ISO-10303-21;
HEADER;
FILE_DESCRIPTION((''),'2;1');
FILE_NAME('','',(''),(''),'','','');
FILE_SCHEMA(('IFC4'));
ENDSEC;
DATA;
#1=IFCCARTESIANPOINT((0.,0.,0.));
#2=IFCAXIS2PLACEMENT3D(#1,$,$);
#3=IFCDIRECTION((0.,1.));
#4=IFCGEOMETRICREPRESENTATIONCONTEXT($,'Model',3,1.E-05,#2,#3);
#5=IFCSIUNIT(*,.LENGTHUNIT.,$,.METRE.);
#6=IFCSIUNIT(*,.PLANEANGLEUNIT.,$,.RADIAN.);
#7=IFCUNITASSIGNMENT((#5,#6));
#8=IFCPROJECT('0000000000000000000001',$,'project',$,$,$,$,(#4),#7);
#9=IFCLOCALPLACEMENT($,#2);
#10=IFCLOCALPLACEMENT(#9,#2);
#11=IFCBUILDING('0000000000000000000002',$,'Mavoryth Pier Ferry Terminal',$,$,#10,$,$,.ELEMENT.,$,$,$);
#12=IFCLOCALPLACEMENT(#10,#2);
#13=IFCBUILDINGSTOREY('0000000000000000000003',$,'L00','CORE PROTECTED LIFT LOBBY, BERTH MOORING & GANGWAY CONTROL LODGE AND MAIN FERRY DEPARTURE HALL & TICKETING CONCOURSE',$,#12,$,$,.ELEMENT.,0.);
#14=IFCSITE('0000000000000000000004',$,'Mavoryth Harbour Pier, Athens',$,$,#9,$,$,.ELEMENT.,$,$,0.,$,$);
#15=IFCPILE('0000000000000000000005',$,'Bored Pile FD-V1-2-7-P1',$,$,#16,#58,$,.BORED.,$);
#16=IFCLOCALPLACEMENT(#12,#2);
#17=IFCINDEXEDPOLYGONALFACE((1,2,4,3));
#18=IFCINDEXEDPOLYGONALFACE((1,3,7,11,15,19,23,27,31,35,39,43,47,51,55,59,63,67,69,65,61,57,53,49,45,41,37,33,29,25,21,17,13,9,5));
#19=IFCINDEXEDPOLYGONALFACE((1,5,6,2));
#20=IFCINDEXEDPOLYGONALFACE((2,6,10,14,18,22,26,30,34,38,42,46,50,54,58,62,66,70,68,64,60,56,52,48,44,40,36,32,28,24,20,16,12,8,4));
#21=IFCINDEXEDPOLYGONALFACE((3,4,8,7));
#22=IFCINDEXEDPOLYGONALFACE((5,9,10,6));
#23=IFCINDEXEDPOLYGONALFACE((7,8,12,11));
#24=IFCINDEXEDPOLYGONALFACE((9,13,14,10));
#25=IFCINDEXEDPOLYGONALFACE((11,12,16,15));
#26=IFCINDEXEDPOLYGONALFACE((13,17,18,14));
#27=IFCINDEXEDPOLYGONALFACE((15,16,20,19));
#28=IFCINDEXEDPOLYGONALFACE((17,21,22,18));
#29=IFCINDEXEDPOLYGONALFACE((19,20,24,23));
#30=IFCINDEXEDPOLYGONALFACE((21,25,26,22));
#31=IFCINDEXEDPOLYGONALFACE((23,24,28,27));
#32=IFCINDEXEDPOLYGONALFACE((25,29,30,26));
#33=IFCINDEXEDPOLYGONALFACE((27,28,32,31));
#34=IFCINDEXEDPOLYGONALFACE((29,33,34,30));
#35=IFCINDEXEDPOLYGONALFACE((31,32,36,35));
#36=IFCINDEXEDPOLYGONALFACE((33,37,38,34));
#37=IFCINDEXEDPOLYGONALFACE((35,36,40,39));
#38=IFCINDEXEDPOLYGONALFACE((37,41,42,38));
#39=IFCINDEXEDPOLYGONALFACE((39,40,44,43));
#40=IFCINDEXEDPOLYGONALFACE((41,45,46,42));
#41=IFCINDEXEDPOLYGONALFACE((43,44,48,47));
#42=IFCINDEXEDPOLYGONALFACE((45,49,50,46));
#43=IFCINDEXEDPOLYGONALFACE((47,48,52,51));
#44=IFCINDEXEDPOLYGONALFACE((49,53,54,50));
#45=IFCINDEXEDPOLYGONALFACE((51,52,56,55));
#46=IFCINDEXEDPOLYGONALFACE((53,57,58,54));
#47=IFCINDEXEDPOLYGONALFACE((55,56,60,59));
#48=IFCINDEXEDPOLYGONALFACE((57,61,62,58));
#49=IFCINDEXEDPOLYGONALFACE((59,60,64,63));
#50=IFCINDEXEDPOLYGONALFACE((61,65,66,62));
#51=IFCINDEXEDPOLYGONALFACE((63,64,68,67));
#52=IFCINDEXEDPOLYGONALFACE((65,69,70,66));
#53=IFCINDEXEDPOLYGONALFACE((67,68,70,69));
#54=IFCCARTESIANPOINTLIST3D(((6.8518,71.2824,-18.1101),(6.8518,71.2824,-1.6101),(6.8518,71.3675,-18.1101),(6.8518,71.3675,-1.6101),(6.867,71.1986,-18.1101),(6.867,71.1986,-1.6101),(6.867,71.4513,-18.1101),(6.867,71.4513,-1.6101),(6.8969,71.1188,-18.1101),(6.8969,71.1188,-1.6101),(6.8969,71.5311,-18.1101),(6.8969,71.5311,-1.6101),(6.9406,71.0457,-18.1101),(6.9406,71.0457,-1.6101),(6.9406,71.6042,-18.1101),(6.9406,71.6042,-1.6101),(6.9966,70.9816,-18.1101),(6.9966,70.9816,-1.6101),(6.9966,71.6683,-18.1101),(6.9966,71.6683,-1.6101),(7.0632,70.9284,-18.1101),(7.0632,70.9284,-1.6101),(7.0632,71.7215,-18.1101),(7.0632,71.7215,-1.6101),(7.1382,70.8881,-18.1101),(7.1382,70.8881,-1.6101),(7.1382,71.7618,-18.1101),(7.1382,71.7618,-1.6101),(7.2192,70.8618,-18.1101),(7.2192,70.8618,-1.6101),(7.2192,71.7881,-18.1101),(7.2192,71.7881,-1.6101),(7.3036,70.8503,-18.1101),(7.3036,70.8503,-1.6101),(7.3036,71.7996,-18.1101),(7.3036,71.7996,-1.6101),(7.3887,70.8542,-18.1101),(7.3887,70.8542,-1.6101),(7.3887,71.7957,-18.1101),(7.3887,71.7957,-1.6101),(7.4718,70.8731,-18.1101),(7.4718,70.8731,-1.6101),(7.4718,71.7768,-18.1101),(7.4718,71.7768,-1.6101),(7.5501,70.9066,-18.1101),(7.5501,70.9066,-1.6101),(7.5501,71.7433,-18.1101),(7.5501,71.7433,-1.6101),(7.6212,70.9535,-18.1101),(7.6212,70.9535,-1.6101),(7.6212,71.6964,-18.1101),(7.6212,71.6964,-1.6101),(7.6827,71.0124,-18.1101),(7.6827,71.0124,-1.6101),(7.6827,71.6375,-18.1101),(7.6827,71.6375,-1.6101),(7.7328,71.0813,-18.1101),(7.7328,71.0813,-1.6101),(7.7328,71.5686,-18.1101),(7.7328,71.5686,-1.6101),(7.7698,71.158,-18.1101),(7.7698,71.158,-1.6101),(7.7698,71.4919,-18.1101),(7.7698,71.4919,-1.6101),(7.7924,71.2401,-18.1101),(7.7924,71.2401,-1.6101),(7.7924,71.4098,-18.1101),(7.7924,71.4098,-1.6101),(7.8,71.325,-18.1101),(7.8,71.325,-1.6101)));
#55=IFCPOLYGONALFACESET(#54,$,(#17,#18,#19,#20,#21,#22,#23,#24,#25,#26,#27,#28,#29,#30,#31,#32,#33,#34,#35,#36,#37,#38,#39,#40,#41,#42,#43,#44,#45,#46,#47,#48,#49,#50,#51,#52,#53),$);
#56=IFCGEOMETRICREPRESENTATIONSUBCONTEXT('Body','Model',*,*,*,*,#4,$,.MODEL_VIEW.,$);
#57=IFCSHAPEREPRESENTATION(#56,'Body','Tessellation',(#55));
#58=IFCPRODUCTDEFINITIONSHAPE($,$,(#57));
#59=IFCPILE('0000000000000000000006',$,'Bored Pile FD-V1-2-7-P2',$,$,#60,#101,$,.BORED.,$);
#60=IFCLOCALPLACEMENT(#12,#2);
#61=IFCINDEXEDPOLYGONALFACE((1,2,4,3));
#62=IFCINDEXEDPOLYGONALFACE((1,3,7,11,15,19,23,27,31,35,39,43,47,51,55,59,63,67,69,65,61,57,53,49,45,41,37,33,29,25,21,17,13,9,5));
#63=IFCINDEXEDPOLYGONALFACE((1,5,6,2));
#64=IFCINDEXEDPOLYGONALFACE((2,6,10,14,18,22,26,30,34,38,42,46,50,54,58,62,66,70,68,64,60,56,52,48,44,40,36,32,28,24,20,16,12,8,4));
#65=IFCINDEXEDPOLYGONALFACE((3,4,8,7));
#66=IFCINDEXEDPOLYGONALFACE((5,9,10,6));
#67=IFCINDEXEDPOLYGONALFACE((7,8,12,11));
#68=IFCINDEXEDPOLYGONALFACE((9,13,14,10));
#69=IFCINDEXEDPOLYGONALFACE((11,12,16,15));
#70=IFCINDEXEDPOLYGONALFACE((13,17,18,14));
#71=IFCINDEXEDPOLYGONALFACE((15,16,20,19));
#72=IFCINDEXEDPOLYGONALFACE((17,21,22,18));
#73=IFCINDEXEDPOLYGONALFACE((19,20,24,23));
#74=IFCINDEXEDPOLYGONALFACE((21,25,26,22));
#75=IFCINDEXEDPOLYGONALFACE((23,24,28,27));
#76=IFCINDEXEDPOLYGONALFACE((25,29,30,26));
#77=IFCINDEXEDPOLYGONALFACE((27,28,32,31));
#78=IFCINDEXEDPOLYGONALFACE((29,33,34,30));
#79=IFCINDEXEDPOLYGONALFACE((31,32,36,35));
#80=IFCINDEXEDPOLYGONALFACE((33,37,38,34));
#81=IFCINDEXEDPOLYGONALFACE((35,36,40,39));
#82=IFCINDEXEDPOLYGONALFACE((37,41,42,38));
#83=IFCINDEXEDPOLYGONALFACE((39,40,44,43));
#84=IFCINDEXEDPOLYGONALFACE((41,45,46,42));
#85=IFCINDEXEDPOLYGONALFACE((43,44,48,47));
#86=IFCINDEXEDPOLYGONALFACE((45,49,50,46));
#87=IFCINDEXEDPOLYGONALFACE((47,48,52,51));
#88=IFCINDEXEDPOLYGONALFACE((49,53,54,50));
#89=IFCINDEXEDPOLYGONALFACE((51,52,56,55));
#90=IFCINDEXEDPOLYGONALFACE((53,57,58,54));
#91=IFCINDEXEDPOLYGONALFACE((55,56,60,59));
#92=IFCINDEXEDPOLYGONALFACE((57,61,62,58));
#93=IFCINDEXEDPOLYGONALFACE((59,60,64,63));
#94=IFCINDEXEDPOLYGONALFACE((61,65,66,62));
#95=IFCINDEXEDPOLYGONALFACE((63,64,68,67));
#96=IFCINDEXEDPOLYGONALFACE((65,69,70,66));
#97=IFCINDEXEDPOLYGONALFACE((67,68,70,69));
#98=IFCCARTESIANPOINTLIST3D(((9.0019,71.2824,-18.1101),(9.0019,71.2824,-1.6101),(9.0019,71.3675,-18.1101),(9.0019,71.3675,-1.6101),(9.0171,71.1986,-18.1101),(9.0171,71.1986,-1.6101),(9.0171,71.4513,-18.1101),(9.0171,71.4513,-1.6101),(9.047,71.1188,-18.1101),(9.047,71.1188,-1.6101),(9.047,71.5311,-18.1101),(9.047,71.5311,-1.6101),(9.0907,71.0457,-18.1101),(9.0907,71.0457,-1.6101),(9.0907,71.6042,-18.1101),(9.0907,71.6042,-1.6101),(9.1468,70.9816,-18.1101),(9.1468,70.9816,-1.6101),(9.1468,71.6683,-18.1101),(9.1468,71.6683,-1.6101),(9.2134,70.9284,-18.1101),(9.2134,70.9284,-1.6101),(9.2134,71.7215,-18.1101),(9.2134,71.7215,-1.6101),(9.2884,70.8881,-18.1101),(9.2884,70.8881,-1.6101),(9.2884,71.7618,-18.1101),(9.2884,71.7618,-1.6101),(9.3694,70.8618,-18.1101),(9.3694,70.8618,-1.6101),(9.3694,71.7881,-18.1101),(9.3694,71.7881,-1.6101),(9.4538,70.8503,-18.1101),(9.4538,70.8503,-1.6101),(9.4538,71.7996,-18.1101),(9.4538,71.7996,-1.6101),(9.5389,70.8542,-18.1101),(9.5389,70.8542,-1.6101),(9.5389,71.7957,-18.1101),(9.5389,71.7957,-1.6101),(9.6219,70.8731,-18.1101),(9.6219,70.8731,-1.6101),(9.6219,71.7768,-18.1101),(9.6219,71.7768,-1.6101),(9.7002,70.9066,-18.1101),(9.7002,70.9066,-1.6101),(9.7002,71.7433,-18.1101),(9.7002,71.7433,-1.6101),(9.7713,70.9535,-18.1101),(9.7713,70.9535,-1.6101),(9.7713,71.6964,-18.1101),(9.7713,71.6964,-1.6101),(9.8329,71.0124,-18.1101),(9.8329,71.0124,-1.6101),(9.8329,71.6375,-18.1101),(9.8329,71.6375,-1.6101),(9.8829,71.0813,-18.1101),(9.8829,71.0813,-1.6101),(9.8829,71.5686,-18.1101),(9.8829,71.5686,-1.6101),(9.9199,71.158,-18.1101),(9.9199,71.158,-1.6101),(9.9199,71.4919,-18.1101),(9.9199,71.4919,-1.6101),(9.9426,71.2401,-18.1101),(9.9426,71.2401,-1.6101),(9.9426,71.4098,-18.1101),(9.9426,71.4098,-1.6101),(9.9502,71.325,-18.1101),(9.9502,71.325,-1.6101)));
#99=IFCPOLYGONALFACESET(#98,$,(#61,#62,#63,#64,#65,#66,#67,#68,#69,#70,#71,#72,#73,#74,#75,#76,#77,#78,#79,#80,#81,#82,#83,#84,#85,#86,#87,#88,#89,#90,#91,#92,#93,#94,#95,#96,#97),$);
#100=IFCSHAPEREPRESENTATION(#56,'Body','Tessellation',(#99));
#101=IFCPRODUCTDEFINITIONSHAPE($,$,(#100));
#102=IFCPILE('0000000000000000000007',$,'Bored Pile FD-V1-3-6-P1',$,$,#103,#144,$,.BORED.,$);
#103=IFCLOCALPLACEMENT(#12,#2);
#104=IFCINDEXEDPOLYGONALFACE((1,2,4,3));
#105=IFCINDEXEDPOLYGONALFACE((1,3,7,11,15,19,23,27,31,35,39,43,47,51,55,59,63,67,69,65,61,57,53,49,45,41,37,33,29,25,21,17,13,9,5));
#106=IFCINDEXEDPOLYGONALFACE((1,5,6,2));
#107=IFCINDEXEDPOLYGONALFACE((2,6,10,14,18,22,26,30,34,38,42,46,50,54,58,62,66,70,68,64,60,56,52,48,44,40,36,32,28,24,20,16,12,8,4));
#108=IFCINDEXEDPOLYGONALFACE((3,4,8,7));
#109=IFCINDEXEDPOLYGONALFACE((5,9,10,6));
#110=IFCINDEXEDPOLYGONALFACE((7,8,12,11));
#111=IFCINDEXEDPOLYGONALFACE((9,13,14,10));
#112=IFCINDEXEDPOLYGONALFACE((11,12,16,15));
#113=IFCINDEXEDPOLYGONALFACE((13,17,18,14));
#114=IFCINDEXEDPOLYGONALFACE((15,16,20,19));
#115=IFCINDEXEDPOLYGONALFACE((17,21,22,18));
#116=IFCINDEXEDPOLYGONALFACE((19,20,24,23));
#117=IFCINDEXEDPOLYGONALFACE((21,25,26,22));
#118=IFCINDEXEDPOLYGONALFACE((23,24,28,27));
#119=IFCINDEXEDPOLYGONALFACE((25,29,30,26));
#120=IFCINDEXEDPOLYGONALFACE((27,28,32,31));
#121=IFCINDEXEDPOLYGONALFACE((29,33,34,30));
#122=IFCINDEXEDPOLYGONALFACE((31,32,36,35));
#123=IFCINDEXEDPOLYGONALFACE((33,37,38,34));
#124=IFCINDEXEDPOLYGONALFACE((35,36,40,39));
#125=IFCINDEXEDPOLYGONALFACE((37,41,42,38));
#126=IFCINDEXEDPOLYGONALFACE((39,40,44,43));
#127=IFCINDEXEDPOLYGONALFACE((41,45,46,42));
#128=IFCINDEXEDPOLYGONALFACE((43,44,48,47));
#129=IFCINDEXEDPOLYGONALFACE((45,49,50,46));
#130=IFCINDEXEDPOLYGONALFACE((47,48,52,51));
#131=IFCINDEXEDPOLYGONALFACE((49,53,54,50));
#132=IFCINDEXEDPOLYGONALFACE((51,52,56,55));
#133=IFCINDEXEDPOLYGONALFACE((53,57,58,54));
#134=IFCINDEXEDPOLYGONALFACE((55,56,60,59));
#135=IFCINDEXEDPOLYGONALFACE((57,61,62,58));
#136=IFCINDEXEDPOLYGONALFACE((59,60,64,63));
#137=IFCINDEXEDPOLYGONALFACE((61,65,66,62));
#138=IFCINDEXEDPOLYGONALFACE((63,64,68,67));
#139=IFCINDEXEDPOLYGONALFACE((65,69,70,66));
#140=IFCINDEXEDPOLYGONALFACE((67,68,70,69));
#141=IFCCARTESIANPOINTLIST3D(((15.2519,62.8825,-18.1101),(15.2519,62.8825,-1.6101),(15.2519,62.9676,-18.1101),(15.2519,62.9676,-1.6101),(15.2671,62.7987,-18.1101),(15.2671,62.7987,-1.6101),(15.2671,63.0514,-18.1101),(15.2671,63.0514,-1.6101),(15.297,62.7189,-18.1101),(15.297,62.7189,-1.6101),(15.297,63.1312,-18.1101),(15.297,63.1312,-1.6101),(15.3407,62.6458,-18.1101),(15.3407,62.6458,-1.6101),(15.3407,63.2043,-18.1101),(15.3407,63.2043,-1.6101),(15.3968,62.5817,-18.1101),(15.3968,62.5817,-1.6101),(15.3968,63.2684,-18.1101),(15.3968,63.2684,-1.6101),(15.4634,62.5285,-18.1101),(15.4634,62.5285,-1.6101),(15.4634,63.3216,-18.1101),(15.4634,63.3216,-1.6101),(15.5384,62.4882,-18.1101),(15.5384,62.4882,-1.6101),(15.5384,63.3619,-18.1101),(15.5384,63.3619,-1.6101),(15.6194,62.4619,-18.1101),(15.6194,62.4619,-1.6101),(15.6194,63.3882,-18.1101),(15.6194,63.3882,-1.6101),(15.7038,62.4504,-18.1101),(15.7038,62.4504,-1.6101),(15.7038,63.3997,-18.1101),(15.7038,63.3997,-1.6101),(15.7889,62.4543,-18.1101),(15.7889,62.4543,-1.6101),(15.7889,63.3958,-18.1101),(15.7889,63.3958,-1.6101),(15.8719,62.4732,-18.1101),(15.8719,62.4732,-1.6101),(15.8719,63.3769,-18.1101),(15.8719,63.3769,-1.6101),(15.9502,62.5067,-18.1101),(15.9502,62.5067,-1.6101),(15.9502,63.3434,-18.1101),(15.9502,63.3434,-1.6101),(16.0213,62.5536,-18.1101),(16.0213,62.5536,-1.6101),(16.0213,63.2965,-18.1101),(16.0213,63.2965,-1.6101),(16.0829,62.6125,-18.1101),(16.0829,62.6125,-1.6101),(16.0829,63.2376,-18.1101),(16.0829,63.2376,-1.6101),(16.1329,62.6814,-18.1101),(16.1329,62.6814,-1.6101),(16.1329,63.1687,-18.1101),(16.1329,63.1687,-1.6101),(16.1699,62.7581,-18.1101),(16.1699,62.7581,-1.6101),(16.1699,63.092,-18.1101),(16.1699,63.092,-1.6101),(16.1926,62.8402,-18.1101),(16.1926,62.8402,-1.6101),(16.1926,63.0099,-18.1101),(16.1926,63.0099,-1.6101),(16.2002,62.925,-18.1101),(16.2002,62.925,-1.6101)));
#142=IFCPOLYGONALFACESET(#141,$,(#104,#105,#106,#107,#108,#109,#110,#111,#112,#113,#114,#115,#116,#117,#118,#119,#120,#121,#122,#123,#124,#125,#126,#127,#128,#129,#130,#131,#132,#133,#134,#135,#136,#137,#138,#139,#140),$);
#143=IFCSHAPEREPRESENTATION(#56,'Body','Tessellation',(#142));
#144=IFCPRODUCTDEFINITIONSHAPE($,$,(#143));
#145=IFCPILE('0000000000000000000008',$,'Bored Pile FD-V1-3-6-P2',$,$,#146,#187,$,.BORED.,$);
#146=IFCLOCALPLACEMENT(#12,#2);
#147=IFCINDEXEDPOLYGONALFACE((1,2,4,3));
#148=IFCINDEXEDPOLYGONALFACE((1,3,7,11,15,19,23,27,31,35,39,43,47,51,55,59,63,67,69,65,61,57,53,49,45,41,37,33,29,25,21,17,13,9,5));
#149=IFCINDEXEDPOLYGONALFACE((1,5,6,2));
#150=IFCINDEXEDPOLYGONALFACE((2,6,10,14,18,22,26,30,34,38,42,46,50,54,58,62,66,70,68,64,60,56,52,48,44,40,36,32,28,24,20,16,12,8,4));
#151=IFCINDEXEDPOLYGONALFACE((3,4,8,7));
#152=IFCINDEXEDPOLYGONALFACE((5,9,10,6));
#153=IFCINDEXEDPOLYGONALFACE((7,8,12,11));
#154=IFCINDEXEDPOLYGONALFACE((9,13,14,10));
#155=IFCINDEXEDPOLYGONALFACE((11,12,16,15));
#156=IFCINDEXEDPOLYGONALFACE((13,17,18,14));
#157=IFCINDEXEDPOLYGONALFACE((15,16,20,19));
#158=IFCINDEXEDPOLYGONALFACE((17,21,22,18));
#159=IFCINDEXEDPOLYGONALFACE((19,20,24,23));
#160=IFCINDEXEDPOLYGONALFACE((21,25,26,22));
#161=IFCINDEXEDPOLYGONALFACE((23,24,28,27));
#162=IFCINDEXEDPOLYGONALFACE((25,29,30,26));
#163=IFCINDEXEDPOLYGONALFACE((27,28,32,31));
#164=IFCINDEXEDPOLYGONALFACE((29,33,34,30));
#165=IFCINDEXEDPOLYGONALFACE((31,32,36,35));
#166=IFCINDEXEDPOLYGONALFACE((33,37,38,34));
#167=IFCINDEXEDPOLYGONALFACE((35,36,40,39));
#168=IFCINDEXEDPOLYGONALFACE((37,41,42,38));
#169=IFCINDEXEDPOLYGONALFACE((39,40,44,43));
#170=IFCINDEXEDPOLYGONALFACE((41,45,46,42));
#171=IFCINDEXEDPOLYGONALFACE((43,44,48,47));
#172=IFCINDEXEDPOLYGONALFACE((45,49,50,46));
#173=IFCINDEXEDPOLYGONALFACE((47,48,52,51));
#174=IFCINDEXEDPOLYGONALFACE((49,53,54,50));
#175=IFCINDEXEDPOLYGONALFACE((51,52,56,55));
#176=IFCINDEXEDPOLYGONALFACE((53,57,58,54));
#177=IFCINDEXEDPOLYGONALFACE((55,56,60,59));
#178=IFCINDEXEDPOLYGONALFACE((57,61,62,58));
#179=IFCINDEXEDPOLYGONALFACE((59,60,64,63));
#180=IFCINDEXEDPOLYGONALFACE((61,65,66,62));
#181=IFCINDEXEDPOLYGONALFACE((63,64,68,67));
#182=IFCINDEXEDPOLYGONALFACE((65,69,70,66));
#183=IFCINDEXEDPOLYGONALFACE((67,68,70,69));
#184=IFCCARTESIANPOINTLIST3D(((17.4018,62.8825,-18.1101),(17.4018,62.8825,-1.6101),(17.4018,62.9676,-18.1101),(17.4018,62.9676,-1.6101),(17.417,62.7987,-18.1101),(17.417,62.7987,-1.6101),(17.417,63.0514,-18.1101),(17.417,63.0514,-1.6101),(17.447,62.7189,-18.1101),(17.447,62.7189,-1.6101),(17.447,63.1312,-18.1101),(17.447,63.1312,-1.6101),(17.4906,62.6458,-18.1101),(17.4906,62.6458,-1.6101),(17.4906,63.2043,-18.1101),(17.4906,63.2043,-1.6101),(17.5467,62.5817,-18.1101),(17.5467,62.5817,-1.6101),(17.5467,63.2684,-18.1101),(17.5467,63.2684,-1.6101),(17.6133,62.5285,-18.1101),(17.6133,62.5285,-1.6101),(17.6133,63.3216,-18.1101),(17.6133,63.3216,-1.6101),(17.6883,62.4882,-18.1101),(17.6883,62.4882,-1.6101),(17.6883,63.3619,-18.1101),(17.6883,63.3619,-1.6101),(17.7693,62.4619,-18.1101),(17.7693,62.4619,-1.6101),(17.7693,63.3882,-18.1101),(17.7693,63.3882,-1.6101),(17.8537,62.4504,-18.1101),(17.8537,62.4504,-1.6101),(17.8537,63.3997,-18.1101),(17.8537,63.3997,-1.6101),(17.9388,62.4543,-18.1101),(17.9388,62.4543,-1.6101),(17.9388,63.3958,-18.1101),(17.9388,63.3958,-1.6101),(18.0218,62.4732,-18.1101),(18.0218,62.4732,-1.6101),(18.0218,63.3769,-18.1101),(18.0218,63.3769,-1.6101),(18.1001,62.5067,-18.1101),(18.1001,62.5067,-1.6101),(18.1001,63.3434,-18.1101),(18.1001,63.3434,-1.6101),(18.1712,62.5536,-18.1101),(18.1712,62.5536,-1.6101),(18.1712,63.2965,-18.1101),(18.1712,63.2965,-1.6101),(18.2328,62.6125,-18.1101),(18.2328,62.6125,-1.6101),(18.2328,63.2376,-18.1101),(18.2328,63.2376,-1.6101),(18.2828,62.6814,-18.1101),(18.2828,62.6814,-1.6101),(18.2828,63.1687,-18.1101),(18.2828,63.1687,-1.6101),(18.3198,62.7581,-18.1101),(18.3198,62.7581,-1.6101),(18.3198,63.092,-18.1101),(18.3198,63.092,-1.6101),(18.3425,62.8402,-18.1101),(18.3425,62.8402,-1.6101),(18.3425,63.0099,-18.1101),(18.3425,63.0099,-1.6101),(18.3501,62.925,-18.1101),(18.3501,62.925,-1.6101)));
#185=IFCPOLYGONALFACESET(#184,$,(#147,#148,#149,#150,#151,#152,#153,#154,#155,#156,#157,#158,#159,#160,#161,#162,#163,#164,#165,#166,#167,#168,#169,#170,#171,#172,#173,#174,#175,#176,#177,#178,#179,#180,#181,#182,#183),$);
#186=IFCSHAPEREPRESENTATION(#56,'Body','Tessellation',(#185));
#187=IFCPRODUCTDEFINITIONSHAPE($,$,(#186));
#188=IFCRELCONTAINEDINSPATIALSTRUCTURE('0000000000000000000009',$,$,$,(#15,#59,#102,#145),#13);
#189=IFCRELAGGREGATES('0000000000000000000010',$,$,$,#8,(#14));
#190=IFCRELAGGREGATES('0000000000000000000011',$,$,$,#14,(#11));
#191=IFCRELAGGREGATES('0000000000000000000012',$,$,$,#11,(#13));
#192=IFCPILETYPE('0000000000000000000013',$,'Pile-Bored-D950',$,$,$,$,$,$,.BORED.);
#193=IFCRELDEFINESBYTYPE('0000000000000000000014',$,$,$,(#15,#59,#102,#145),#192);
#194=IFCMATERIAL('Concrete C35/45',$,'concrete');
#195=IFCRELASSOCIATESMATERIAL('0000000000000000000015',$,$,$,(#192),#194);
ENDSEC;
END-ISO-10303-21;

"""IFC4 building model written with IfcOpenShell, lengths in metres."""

from ifc_helpers import new_model, si_unit, direction, frame, origin, origin_2d, place, context, subcontext, project, spatial, circle, extrude, material, material_profile, profile_set, type_object, element, save


model = new_model("IFC4")

# Units and contexts
model_context = context("Model", 3, precision=1e-05, world=origin(), true_north=direction((0.0, 1.0)))
body_context = subcontext(model_context, "Body", "Model", "MODEL_VIEW")
ifc_project = project(units=[si_unit("LENGTHUNIT", "METRE"), si_unit("PLANEANGLEUNIT", "RADIAN")], contexts=[model_context])

# Site, building, storey
site_placement = place(None, origin())
site = spatial("IfcSite", under=ifc_project, at=site_placement, Name="Mavoryth Harbour Pier, Athens", CompositionType="ELEMENT", RefElevation=0.0)
building_placement = place(site_placement, origin())
building = spatial("IfcBuilding", under=site, at=building_placement, Name="Mavoryth Pier Ferry Terminal", CompositionType="ELEMENT")
storey_placement = place(building_placement, origin())
storey = spatial("IfcBuildingStorey", under=building, at=storey_placement, Name="L00", Description="CORE PROTECTED LIFT LOBBY, BERTH MOORING & GANGWAY CONTROL LODGE AND MAIN FERRY DEPARTURE HALL & TICKETING CONCOURSE", CompositionType="ELEMENT", Elevation=0.0)

# Shared definitions
ifc_material_1 = material(Name="Concrete C35/45", Category="concrete")

# Piles
ifc_material_profile_1 = material_profile(ifc_material_1, circle(Radius=0.4751, at=origin_2d()), Name="PILE D950", Category="concrete")
ifc_profile_set_1 = profile_set([ifc_material_profile_1], Name="Concrete C35/45 - PILE D950")
pile_type_1 = type_object("IfcPileType", Name="Pile-Bored-D950", PredefinedType="BORED", material=ifc_profile_set_1)
for number, where, z_axis, x_axis, name in (
    (1, (7.325, 71.325, -1.6101), (0.0, 0.0, -1.0), (1.0, 0.0, 0.0), "Bored Pile FD-V1-2-7-P1"),
    (2, (9.4751, 71.325, -1.6101), (0.0, 0.0, -1.0), (1.0, 0.0, 0.0), "Bored Pile FD-V1-2-7-P2"),
    (3, (15.7251, 62.925, -1.6101), (0.0, 0.0, -1.0), (1.0, 0.0, 0.0), "Bored Pile FD-V1-3-6-P1"),
    (4, (17.875, 62.925, -1.6101), (0.0, 0.0, -1.0), (1.0, 0.0, 0.0), "Bored Pile FD-V1-3-6-P2"),
):
    element("IfcPile", number, at=place(storey_placement, frame(where, z_axis=z_axis, x_axis=x_axis)), inside=storey, type_object=pile_type_1, Name=name, PredefinedType="BORED", context=body_context, shape_type="SweptSolid", body=[
        extrude(circle(Radius=0.4751, at=origin_2d()), origin(), (0.0, 0.0, 1.0), 16.5),
    ])

save(model, "model.ifc")
